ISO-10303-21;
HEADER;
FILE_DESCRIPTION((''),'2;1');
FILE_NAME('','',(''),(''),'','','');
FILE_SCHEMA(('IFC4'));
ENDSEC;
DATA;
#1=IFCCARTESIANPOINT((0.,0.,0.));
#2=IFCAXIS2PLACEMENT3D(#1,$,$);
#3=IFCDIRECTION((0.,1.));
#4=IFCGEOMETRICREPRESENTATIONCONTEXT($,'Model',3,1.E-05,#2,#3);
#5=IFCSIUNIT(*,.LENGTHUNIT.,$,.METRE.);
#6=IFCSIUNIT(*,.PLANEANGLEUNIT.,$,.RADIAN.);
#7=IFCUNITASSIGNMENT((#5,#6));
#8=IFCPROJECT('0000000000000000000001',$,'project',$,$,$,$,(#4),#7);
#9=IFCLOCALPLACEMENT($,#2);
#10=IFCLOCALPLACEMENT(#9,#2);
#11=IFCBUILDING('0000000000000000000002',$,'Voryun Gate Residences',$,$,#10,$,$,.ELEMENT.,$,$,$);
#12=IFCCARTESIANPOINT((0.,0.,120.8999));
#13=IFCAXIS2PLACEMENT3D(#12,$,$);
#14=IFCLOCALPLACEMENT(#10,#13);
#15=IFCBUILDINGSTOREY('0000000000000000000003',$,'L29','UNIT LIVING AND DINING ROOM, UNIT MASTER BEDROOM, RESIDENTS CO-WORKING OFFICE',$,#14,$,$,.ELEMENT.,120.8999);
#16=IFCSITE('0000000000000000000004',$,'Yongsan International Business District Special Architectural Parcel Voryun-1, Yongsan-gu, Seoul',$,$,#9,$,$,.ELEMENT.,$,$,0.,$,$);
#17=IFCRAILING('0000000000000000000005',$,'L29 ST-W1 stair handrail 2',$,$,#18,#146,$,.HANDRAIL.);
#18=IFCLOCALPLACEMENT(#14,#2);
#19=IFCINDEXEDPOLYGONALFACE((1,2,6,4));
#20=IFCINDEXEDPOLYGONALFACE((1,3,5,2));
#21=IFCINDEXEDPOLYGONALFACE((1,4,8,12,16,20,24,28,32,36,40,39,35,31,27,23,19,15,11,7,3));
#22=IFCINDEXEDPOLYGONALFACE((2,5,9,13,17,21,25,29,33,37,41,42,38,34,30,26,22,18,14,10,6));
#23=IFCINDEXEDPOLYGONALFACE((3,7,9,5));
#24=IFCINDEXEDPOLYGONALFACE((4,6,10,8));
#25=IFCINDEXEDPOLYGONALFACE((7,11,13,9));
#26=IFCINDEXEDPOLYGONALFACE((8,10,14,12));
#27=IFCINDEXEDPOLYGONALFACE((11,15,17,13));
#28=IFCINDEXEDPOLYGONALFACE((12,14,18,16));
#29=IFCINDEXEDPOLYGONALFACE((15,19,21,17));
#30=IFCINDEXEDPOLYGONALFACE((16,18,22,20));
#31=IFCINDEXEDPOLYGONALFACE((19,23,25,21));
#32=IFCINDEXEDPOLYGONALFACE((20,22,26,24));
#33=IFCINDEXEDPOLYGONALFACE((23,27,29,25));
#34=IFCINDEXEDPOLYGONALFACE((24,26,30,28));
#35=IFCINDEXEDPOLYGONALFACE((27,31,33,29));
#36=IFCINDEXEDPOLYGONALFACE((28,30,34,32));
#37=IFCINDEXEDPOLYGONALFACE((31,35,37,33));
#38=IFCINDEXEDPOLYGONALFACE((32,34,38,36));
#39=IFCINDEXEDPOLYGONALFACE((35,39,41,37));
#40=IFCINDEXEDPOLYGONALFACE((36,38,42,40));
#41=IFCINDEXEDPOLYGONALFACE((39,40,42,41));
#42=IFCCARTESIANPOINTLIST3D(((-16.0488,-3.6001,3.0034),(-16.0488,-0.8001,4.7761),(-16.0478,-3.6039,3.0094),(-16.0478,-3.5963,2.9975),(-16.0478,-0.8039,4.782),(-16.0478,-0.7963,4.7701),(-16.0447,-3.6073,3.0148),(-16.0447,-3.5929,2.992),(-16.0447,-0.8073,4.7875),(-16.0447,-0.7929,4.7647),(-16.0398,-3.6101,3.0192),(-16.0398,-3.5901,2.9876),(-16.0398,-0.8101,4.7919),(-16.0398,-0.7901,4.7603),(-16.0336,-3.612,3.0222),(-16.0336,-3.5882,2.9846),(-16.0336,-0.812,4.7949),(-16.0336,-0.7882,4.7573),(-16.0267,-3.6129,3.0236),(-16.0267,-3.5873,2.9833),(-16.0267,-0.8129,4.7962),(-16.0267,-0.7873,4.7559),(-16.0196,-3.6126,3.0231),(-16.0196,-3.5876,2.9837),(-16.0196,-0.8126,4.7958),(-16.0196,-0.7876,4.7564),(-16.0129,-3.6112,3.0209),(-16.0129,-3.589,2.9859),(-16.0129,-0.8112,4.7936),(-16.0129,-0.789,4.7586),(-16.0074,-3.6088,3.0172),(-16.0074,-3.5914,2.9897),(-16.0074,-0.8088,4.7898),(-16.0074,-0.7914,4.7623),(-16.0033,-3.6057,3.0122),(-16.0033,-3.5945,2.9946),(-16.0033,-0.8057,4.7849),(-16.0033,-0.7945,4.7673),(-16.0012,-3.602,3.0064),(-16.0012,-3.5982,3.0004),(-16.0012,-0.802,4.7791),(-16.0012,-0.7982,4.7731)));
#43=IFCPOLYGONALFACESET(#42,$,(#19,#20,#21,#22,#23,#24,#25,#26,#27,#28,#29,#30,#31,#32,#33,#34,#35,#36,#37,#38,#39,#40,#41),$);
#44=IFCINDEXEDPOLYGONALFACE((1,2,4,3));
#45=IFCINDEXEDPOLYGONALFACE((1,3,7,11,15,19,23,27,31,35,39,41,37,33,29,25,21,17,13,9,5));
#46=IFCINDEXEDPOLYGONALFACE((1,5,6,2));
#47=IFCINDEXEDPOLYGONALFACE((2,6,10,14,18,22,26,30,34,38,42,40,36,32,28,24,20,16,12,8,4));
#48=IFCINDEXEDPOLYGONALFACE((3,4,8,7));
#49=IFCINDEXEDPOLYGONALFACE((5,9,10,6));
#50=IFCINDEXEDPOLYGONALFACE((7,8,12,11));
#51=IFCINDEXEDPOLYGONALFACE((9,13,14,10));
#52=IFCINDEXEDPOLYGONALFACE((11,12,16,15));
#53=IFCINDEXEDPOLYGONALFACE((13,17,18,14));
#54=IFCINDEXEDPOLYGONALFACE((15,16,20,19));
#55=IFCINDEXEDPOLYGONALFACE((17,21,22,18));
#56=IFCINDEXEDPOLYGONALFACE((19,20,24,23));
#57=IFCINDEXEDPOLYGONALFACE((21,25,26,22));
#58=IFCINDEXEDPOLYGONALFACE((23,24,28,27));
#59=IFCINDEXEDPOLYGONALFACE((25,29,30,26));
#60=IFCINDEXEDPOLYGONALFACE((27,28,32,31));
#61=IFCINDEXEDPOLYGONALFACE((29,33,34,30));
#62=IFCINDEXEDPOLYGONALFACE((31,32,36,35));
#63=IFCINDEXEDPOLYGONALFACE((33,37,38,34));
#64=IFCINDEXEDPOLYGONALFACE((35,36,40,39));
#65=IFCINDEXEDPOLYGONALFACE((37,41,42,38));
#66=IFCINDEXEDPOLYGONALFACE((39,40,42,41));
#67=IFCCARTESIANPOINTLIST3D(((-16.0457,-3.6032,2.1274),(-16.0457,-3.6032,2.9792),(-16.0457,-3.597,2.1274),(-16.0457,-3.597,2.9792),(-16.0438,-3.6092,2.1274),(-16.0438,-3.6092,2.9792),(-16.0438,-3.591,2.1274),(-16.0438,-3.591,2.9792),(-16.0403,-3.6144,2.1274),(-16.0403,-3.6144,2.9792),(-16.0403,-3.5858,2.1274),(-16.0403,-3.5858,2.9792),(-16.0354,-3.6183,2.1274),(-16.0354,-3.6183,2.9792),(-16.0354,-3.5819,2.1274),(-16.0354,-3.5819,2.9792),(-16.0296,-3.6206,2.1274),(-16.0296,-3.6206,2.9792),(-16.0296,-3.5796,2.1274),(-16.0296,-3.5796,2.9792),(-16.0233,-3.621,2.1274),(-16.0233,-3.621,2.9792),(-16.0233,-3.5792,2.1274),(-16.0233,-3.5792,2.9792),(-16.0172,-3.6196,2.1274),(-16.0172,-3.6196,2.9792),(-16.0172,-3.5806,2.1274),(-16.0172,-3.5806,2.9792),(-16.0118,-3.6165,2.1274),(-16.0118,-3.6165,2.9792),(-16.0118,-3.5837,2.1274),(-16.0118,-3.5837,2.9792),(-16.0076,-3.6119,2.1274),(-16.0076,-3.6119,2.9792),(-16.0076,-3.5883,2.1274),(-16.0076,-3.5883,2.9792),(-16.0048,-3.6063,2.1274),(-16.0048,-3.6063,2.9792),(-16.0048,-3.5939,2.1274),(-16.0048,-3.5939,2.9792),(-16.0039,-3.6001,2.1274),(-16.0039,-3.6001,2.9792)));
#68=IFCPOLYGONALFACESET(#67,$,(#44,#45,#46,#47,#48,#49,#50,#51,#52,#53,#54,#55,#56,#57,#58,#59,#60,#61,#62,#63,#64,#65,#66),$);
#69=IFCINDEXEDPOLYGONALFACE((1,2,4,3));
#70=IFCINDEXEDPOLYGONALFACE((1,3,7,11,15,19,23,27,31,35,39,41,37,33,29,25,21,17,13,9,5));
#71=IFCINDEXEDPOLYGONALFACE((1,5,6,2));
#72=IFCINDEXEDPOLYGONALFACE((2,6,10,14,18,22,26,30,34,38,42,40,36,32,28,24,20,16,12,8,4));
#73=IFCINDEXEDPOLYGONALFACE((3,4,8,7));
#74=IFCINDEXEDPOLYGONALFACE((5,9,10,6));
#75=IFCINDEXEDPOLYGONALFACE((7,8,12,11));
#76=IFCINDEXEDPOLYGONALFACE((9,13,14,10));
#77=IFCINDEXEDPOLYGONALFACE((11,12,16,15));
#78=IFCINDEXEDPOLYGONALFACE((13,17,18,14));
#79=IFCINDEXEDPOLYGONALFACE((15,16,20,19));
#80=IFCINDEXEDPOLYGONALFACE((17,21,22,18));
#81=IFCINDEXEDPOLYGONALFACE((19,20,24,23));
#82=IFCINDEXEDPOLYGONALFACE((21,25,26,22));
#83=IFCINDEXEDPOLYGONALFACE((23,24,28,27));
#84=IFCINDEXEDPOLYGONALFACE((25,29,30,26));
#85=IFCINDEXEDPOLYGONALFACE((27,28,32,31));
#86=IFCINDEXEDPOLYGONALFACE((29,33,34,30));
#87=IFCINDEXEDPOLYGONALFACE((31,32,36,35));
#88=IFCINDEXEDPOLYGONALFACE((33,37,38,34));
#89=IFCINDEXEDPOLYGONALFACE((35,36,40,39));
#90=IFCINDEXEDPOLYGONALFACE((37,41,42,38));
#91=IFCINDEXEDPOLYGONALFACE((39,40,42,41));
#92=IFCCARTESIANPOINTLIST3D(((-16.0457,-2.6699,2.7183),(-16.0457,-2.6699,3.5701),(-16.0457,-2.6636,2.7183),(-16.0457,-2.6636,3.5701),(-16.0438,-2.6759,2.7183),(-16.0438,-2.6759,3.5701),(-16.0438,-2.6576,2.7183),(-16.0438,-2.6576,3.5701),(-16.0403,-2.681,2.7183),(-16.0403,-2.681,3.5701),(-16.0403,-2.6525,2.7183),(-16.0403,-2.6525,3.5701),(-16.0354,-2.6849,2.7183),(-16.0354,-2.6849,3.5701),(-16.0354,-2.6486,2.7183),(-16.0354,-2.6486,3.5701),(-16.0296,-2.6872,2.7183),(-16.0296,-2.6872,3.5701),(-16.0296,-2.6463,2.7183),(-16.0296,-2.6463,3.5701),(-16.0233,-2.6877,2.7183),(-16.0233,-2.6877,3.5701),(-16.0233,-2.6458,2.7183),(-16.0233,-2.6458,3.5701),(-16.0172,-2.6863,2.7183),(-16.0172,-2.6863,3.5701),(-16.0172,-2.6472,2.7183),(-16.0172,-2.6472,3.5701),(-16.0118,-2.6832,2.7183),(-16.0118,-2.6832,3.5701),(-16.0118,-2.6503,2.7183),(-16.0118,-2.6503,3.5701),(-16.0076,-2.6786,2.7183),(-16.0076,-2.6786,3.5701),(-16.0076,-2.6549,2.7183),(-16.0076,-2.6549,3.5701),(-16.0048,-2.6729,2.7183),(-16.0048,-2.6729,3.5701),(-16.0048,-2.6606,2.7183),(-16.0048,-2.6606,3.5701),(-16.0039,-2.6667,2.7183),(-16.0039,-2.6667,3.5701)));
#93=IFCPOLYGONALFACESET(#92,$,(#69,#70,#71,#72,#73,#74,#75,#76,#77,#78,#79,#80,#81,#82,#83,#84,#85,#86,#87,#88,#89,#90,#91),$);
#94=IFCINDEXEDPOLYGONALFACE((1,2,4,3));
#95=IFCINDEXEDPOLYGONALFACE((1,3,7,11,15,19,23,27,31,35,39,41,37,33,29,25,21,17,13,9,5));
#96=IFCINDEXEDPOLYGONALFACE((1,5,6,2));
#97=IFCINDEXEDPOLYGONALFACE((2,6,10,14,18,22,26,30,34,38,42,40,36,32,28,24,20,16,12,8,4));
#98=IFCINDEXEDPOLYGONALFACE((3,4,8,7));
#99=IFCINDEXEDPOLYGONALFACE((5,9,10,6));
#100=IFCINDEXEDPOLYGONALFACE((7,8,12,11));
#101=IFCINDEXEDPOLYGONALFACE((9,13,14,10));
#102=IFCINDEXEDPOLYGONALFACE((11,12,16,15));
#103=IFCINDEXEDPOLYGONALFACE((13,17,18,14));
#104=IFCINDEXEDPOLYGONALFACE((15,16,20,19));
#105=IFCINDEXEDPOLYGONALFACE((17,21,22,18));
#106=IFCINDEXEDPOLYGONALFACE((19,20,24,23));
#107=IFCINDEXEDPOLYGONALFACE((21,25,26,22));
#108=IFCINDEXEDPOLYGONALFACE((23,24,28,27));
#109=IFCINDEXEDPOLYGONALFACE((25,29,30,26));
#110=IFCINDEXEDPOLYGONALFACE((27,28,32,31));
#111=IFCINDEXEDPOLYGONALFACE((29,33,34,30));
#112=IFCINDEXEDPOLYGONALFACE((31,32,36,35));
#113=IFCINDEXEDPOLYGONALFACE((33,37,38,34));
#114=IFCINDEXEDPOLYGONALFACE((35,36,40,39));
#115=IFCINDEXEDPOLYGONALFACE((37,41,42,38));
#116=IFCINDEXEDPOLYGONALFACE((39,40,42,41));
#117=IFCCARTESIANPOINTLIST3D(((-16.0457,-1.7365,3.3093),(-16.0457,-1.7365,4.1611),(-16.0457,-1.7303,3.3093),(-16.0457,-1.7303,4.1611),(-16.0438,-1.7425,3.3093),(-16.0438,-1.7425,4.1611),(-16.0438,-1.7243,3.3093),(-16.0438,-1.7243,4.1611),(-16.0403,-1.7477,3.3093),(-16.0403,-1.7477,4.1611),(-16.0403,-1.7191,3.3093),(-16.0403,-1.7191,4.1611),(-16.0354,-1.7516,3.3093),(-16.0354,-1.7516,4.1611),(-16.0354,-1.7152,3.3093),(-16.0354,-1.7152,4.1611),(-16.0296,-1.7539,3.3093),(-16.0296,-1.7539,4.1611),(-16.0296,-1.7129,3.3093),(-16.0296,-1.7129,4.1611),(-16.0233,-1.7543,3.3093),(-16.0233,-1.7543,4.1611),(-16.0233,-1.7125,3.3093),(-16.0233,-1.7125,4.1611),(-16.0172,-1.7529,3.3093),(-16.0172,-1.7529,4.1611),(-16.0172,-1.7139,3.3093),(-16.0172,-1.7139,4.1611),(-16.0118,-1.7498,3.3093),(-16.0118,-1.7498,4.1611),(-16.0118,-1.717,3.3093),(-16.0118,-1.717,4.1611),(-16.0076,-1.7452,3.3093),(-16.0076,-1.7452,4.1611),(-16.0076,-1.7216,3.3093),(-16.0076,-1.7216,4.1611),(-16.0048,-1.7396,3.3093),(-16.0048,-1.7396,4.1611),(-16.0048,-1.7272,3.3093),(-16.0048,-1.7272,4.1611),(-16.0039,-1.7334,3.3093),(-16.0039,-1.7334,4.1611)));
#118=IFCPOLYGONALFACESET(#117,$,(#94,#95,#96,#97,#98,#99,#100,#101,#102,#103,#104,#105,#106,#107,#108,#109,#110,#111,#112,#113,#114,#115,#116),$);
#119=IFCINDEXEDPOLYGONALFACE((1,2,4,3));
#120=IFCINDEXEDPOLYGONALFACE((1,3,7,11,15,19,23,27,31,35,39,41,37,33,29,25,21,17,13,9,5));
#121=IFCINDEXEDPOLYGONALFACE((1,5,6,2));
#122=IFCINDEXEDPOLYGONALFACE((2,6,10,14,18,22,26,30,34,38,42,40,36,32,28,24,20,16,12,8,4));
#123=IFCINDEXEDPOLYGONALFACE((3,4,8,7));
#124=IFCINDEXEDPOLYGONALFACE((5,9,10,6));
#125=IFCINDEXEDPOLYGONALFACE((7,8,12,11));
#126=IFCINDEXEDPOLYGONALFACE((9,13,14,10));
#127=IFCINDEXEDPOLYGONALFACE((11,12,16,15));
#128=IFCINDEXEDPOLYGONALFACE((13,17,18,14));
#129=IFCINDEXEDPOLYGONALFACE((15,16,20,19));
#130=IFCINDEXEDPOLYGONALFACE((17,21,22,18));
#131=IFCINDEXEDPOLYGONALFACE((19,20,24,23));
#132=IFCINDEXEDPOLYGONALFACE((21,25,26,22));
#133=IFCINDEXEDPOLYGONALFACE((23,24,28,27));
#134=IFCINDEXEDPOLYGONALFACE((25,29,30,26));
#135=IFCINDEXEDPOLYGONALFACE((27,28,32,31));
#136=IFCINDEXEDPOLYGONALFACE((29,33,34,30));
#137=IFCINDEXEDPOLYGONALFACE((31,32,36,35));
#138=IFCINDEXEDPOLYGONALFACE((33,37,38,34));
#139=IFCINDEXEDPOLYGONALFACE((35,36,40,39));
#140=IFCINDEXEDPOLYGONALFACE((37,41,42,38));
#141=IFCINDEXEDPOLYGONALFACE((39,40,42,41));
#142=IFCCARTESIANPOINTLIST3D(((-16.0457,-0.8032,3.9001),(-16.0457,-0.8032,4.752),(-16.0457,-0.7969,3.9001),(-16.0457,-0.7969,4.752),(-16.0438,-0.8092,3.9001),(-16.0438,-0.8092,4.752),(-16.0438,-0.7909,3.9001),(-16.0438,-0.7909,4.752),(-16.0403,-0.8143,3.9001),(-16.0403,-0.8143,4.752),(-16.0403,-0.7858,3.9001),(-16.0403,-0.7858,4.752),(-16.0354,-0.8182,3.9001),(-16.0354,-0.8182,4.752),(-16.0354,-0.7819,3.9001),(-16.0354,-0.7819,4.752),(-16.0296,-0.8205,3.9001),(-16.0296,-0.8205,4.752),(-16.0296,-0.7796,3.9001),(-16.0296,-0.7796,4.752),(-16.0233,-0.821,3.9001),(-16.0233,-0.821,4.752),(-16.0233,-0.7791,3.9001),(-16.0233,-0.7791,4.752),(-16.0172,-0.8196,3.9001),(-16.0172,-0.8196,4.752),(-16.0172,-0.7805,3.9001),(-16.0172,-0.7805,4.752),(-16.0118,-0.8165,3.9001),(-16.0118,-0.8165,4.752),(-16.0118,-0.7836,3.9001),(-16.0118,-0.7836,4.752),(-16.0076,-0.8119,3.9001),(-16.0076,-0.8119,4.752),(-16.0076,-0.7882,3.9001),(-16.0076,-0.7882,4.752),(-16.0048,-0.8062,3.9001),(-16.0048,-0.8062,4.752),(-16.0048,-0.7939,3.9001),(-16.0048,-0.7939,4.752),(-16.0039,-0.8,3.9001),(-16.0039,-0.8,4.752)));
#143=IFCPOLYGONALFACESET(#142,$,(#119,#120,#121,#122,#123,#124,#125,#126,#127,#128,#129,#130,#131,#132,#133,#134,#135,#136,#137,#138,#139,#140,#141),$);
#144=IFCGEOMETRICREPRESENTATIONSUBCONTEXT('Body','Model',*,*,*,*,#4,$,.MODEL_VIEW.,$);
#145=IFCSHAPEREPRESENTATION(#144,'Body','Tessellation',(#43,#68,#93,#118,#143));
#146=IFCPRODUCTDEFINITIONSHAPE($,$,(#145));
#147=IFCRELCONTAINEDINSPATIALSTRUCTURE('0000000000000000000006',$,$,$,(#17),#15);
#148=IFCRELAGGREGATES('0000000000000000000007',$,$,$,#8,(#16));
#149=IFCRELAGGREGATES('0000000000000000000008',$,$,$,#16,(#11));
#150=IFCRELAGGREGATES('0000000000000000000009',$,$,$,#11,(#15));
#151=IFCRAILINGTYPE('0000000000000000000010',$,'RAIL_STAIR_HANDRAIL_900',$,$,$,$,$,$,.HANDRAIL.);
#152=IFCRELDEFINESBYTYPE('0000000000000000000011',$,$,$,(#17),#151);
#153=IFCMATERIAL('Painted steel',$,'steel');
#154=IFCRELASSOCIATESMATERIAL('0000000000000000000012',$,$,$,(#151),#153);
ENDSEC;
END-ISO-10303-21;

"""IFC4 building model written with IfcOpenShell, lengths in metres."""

from ifc_helpers import new_model, si_unit, direction, frame, origin, origin_2d, place, context, subcontext, project, spatial, circle, extrude, material, type_object, element, save


model = new_model("IFC4")

# Units and contexts
model_context = context("Model", 3, precision=1e-05, world=origin(), true_north=direction((0.0, 1.0)))
body_context = subcontext(model_context, "Body", "Model", "MODEL_VIEW")
ifc_project = project(units=[si_unit("LENGTHUNIT", "METRE"), si_unit("PLANEANGLEUNIT", "RADIAN")], contexts=[model_context])

# Site, building, storey
site_placement = place(None, origin())
site = spatial("IfcSite", under=ifc_project, at=site_placement, Name="Yongsan International Business District Special Architectural Parcel Voryun-1, Yongsan-gu, Seoul", CompositionType="ELEMENT", RefElevation=0.0)
building_placement = place(site_placement, origin())
building = spatial("IfcBuilding", under=site, at=building_placement, Name="Voryun Gate Residences", CompositionType="ELEMENT")
storey_placement = place(building_placement, frame((0.0, 0.0, 120.8999)))
storey = spatial("IfcBuildingStorey", under=building, at=storey_placement, Name="L29", Description="UNIT LIVING AND DINING ROOM, UNIT MASTER BEDROOM, RESIDENTS CO-WORKING OFFICE", CompositionType="ELEMENT", Elevation=120.8999)

# Railing
ifc_material_1 = material(Name="Painted steel", Category="steel")
railing_type_1 = type_object("IfcRailingType", Name="RAIL_STAIR_HANDRAIL_900", PredefinedType="HANDRAIL", material=ifc_material_1)
railing_1_placement = place(storey_placement, frame((-16.0249, -3.6001, 2.1274)))
element("IfcRailing", 1, at=railing_1_placement, inside=storey, type_object=railing_type_1, Name="L29 ST-W1 stair handrail 2", PredefinedType="HANDRAIL", context=body_context, shape_type="SweptSolid", body=[
    extrude(circle(Radius=0.0239, at=origin_2d()), frame((0.0, 0.0, 0.876), z_axis=(0.0, 0.844909, 0.53491), x_axis=(-1.0, 0.0, 0.0)), (0.0, 0.0, 1.0), 3.314),
    extrude(circle(Radius=0.021, at=origin_2d()), origin(), (0.0, 0.0, 1.0), 0.8518),
    extrude(circle(Radius=0.021, at=origin_2d()), frame((0.0, 0.9333, 0.5908)), (0.0, 0.0, 1.0), 0.8518),
    extrude(circle(Radius=0.021, at=origin_2d()), frame((0.0, 1.8667, 1.1819)), (0.0, 0.0, 1.0), 0.8518),
    extrude(circle(Radius=0.021, at=origin_2d()), frame((0.0, 2.8, 1.7727)), (0.0, 0.0, 1.0), 0.8518),
])

save(model, "model.ifc")
